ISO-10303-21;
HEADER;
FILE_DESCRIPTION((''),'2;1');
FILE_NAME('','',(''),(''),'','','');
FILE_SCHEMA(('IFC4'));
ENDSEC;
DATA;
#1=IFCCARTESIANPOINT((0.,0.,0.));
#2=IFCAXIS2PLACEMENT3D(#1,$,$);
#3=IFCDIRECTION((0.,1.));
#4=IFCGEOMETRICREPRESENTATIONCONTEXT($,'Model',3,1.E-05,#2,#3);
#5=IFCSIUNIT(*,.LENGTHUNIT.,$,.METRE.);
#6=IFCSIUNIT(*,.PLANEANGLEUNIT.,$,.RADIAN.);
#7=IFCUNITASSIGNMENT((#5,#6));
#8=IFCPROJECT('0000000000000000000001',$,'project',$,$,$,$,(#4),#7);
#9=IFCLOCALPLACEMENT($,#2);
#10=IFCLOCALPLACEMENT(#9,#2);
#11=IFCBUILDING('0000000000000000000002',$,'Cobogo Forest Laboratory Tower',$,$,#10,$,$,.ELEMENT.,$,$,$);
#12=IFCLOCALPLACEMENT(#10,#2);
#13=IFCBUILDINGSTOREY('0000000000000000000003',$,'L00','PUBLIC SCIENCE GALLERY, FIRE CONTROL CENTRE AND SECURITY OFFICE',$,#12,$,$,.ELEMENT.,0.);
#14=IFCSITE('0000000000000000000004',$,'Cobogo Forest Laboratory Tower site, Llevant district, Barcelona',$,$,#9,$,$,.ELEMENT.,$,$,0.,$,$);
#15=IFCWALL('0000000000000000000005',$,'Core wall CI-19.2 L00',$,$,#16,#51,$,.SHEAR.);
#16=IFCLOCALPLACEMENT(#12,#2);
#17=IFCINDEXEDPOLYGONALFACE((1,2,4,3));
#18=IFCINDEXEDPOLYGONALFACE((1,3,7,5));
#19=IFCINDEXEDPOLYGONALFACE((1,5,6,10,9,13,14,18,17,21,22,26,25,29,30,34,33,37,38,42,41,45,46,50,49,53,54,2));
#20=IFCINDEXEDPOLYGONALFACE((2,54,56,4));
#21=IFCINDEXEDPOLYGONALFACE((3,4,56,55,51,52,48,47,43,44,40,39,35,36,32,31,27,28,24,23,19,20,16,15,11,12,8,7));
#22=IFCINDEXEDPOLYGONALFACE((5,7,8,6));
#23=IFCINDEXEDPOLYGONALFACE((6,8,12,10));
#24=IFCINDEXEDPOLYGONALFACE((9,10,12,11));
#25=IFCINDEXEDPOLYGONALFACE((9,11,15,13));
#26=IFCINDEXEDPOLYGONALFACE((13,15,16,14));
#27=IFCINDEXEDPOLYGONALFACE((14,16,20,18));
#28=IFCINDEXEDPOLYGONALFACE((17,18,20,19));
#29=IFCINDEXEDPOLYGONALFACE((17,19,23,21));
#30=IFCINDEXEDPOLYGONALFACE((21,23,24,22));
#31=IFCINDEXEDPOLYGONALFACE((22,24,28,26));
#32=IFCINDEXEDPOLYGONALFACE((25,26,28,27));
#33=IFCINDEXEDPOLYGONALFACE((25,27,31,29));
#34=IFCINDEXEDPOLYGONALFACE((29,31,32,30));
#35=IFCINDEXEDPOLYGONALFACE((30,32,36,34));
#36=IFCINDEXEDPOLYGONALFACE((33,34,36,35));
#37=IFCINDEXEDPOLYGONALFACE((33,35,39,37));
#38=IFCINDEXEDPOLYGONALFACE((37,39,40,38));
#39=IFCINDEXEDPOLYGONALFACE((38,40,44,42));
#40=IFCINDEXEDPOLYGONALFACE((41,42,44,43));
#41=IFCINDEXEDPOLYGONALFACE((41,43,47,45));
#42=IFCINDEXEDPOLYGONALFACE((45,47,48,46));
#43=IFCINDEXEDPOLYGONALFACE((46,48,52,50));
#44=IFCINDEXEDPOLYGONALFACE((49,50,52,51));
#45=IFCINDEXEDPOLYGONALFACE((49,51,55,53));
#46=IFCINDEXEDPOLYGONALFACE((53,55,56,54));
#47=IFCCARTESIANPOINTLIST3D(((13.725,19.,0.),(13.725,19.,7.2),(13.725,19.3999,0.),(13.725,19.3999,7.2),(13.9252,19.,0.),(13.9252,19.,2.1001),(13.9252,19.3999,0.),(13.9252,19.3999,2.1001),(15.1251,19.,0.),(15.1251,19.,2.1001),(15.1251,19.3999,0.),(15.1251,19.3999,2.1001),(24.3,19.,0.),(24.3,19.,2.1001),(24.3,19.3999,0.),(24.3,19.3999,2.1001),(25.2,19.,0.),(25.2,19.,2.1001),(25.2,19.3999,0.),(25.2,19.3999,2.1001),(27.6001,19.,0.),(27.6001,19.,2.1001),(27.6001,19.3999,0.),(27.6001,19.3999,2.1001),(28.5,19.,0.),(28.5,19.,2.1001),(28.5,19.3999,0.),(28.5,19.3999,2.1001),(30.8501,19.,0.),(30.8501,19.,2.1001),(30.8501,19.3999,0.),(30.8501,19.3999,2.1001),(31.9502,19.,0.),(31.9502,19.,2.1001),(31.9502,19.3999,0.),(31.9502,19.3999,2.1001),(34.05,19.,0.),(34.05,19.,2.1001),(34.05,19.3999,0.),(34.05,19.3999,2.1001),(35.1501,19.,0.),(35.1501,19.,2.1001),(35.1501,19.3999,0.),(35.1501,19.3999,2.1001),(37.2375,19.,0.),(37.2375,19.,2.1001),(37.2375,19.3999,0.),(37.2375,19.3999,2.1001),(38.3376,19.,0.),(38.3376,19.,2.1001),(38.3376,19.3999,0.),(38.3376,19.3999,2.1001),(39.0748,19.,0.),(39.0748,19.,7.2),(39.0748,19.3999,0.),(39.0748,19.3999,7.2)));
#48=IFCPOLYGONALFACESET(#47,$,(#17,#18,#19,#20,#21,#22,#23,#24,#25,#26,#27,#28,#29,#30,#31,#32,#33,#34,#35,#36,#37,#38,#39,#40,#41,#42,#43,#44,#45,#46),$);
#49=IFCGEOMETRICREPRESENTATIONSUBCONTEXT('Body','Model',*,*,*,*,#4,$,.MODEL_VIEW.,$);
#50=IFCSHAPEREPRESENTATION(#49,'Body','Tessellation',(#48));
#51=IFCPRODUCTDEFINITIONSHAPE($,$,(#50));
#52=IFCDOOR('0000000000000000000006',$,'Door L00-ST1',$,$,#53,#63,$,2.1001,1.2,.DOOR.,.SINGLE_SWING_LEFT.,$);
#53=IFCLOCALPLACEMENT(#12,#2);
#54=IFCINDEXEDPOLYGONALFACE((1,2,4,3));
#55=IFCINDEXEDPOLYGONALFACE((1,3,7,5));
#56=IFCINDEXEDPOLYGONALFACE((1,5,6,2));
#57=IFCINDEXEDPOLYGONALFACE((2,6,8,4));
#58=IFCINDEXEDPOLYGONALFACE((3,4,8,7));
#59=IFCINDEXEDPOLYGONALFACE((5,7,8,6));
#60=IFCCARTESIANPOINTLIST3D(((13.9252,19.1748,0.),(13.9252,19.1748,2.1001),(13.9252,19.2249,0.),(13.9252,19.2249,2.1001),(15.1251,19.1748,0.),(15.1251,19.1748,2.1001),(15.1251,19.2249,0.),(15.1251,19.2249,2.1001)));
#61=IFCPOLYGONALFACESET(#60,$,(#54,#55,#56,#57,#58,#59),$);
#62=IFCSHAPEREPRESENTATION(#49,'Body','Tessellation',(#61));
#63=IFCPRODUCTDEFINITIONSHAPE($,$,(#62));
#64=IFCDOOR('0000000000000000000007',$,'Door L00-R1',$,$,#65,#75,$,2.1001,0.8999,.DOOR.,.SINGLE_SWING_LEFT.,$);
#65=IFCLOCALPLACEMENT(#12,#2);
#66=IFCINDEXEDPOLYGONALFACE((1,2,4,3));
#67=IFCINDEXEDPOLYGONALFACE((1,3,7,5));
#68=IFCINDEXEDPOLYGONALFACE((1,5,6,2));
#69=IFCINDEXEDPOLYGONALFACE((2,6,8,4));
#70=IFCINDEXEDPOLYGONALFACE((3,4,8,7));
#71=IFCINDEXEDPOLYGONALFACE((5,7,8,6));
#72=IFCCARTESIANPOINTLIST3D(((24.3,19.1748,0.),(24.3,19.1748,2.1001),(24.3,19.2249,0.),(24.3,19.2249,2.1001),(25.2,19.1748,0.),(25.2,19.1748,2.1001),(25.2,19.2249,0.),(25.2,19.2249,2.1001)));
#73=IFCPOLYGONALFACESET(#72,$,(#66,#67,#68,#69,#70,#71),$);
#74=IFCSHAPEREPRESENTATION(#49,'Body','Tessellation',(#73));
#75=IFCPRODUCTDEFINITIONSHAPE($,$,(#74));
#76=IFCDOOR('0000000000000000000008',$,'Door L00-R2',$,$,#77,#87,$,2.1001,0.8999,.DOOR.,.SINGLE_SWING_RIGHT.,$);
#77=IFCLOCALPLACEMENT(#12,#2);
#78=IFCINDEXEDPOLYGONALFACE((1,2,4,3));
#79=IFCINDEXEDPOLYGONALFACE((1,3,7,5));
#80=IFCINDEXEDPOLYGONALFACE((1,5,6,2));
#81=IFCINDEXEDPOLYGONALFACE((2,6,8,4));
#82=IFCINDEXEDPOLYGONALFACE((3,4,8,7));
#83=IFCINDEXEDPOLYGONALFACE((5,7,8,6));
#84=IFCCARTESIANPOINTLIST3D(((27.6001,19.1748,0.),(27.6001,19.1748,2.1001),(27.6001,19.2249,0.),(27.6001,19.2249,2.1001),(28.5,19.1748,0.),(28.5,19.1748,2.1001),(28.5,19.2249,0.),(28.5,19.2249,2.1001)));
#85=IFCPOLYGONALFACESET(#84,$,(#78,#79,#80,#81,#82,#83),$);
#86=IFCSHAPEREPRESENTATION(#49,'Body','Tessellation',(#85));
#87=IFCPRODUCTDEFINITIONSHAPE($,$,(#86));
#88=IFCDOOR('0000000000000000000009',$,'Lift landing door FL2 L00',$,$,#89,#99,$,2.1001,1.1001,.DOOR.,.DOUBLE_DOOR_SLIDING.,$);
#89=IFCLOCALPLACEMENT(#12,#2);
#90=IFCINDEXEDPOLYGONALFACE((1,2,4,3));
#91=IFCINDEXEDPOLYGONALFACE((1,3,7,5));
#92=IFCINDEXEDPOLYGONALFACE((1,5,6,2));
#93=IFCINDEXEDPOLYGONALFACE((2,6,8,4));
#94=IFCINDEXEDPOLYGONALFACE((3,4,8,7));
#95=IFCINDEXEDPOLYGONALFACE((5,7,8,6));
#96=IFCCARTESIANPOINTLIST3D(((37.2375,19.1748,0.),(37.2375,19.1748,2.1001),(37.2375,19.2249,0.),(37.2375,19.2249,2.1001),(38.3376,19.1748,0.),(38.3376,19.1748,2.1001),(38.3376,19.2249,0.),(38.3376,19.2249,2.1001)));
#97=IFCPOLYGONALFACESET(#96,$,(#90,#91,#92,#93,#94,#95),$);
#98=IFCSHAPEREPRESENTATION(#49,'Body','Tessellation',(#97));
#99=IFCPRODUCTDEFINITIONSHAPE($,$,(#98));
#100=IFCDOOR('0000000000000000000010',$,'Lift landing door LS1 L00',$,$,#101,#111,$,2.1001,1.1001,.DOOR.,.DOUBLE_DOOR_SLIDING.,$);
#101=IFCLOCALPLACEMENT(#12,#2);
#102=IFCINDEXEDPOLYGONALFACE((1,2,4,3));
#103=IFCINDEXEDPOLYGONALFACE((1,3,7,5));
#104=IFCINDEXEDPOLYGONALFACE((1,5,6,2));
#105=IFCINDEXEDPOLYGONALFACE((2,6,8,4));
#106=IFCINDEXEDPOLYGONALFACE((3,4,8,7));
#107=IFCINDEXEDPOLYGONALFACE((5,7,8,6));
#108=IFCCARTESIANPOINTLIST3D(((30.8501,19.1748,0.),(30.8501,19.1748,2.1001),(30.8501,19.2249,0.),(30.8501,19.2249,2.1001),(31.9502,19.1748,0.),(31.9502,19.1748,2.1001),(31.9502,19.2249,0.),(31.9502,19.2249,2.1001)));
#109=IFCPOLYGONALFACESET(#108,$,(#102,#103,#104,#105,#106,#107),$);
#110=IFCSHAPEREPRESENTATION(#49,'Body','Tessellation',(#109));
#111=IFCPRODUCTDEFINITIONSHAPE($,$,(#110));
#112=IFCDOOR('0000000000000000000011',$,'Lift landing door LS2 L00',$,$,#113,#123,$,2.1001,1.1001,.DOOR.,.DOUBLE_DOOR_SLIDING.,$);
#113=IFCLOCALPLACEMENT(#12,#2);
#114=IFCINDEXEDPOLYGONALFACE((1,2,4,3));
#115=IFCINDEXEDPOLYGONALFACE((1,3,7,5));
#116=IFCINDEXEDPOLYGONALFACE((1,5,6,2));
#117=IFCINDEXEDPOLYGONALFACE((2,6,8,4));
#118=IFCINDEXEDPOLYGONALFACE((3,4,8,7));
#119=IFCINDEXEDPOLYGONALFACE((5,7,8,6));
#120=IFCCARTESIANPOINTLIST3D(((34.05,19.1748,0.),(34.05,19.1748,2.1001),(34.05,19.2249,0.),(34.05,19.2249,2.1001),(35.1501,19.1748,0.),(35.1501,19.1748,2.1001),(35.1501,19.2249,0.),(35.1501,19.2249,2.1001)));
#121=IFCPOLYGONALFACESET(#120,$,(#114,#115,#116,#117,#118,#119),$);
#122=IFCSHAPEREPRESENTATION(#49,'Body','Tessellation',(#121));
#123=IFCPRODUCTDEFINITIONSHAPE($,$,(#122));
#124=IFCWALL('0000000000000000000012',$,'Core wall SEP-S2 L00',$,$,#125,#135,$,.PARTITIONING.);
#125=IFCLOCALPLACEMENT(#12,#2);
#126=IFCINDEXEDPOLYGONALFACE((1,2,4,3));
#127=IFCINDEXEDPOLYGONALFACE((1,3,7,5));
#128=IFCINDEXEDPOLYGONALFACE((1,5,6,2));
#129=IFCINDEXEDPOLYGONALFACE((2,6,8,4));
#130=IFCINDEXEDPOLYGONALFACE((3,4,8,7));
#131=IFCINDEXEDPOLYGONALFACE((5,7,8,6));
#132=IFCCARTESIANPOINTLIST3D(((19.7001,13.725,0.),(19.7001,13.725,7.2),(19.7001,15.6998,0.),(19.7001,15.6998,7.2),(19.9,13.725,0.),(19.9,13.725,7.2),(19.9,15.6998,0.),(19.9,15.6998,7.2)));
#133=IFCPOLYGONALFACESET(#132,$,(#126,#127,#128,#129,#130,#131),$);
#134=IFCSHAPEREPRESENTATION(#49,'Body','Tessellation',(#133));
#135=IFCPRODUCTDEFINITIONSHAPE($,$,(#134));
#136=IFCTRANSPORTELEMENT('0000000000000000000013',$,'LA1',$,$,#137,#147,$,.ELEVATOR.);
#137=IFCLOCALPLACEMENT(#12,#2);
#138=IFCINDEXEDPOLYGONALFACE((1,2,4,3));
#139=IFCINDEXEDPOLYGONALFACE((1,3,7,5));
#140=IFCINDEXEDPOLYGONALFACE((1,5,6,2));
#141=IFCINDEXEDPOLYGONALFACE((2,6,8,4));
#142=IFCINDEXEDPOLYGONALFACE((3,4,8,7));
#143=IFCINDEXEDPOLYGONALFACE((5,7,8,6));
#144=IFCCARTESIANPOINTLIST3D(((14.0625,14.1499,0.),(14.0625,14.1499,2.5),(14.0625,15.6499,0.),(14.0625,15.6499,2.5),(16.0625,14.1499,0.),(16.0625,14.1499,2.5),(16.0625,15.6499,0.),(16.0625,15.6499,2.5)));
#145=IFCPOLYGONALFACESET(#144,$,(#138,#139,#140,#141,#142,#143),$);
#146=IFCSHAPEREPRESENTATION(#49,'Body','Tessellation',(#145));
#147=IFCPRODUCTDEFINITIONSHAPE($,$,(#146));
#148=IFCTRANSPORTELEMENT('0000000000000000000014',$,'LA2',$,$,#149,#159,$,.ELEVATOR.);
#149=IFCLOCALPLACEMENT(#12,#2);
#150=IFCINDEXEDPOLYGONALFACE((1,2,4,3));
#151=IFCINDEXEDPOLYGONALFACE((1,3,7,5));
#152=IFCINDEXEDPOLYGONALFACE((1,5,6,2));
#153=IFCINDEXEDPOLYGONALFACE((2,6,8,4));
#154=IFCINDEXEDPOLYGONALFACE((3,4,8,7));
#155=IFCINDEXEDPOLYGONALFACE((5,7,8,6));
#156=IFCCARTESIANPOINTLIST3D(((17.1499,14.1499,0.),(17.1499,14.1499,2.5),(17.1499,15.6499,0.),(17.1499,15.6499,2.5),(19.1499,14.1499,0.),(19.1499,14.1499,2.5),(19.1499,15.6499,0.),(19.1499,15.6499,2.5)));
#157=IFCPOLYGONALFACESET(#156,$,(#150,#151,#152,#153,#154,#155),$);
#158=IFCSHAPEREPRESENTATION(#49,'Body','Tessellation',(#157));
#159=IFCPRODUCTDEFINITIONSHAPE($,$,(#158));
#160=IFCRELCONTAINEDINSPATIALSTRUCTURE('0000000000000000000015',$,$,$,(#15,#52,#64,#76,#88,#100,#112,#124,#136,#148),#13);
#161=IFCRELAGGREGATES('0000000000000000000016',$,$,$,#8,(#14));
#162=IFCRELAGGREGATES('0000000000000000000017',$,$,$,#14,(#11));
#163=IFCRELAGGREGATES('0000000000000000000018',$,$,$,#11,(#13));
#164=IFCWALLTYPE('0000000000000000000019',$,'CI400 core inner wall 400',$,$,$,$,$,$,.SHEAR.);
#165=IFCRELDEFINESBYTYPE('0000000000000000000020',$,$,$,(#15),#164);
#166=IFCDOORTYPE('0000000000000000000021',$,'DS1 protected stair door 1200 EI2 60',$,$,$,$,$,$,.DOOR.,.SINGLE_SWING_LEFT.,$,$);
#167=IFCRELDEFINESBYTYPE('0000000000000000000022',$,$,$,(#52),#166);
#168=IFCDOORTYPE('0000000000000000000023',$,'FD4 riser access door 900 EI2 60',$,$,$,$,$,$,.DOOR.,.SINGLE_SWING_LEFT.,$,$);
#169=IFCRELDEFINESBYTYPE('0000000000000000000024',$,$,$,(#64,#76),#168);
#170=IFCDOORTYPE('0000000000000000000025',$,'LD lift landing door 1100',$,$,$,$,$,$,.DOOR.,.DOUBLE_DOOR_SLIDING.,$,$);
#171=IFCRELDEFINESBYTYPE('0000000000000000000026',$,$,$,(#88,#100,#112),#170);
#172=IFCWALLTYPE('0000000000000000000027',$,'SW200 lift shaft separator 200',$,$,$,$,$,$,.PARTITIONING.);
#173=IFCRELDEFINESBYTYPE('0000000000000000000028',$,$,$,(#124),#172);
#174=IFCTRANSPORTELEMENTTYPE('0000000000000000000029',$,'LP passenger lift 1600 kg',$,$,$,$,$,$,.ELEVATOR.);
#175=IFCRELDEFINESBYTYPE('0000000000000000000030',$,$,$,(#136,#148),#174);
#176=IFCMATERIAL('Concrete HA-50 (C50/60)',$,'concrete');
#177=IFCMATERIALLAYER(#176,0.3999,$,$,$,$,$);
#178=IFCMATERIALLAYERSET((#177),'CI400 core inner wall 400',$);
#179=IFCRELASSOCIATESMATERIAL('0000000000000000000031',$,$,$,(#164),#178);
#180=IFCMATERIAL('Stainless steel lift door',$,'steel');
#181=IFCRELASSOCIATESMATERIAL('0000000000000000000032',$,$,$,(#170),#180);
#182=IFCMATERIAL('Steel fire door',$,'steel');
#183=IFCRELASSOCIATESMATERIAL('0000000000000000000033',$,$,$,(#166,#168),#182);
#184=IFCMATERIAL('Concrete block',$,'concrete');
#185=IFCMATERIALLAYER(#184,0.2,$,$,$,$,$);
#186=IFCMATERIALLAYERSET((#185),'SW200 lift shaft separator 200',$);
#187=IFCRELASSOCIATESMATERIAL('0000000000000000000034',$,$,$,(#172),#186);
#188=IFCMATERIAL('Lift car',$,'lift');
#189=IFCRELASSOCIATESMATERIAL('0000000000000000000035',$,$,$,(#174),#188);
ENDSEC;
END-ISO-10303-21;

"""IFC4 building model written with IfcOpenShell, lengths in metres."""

from ifc_helpers import new_model, si_unit, direction, frame, frame_2d, origin, origin_2d, place, context, subcontext, project, spatial, rectangle, extrude, material, layer, layer_set, type_object, element, fill, save


model = new_model("IFC4")

# Units and contexts
model_context = context("Model", 3, precision=1e-05, world=origin(), true_north=direction((0.0, 1.0)))
body_context = subcontext(model_context, "Body", "Model", "MODEL_VIEW")
ifc_project = project(units=[si_unit("LENGTHUNIT", "METRE"), si_unit("PLANEANGLEUNIT", "RADIAN")], contexts=[model_context])

# Site, building, storey
site_placement = place(None, origin())
site = spatial("IfcSite", under=ifc_project, at=site_placement, Name="Cobogo Forest Laboratory Tower site, Llevant district, Barcelona", CompositionType="ELEMENT", RefElevation=0.0)
building_placement = place(site_placement, origin())
building = spatial("IfcBuilding", under=site, at=building_placement, Name="Cobogo Forest Laboratory Tower", CompositionType="ELEMENT")
storey_placement = place(building_placement, origin())
storey = spatial("IfcBuildingStorey", under=building, at=storey_placement, Name="L00", Description="PUBLIC SCIENCE GALLERY, FIRE CONTROL CENTRE AND SECURITY OFFICE", CompositionType="ELEMENT", Elevation=0.0)

# Wall, openings, doors
ifc_material_1 = material(Name="Concrete HA-50 (C50/60)", Category="concrete")
ifc_layer_1 = layer(ifc_material_1, 0.3999)
ifc_layer_set_1 = layer_set([ifc_layer_1], Name="CI400 core inner wall 400")
wall_type_1 = type_object("IfcWallType", Name="CI400 core inner wall 400", PredefinedType="SHEAR", material=ifc_layer_set_1)
ifc_material_2 = material(Name="Stainless steel lift door", Category="steel")
door_type_1 = type_object("IfcDoorType", Name="LD lift landing door 1100", OperationType="DOUBLE_DOOR_SLIDING", PredefinedType="DOOR", material=ifc_material_2)
wall_1_placement = place(storey_placement, frame((13.7251, 19.2, 0.0), z_axis=(0.0, 0.0, 1.0), x_axis=(1.0, 0.0, 0.0)))
wall_1 = element("IfcWall", 1, at=wall_1_placement, inside=storey, type_object=wall_type_1, Name="Core wall CI-19.2 L00", PredefinedType="SHEAR", context=body_context, shape_type="SweptSolid", body=[
    extrude(rectangle(XDim=25.3499, YDim=0.3999, at=frame_2d((12.6748, 0.0))), origin(), (0.0, 0.0, 1.0), 7.2),
])
opening_1_placement = place(wall_1_placement, frame((10.575, 0.0, 0.0)))
opening_1 = element("IfcOpeningElement", 2, at=opening_1_placement, cuts=wall_1, PredefinedType="OPENING", context=body_context, shape_type="SweptSolid", body=[
    extrude(rectangle(XDim=0.8999, YDim=2.1001, at=frame_2d((0.45, 1.05))), frame((0.0, 0.21, 0.0), z_axis=(0.0, -1.0, 0.0), x_axis=(1.0, 0.0, 0.0)), (0.0, 0.0, 1.0), 0.4199),
])
opening_2_placement = place(wall_1_placement, frame((13.875, 0.0, 0.0)))
opening_2 = element("IfcOpeningElement", 3, at=opening_2_placement, cuts=wall_1, PredefinedType="OPENING", context=body_context, shape_type="SweptSolid", body=[
    extrude(rectangle(XDim=0.8999, YDim=2.1001, at=frame_2d((0.45, 1.05))), frame((0.0, 0.21, 0.0), z_axis=(0.0, -1.0, 0.0), x_axis=(1.0, 0.0, 0.0)), (0.0, 0.0, 1.0), 0.4199),
])
opening_3_placement = place(wall_1_placement, frame((0.2, 0.0, 0.0)))
opening_3 = element("IfcOpeningElement", 4, at=opening_3_placement, cuts=wall_1, PredefinedType="OPENING", context=body_context, shape_type="SweptSolid", body=[
    extrude(rectangle(XDim=1.2, YDim=2.1001, at=frame_2d((0.6001, 1.05))), frame((0.0, 0.21, 0.0), z_axis=(0.0, -1.0, 0.0), x_axis=(1.0, 0.0, 0.0)), (0.0, 0.0, 1.0), 0.4199),
])
opening_4_placement = place(wall_1_placement, frame((23.5125, 0.0, 0.0)))
opening_4 = element("IfcOpeningElement", 5, at=opening_4_placement, cuts=wall_1, PredefinedType="OPENING", context=body_context, shape_type="SweptSolid", body=[
    extrude(rectangle(XDim=1.1001, YDim=2.1001, at=frame_2d((0.55, 1.05))), frame((0.0, 0.21, 0.0), z_axis=(0.0, -1.0, 0.0), x_axis=(1.0, 0.0, 0.0)), (0.0, 0.0, 1.0), 0.4199),
])
opening_5_placement = place(wall_1_placement, frame((17.125, 0.0, 0.0)))
opening_5 = element("IfcOpeningElement", 6, at=opening_5_placement, cuts=wall_1, PredefinedType="OPENING", context=body_context, shape_type="SweptSolid", body=[
    extrude(rectangle(XDim=1.1001, YDim=2.1001, at=frame_2d((0.55, 1.05))), frame((0.0, 0.21, 0.0), z_axis=(0.0, -1.0, 0.0), x_axis=(1.0, 0.0, 0.0)), (0.0, 0.0, 1.0), 0.4199),
])
opening_6_placement = place(wall_1_placement, frame((20.325, 0.0, 0.0)))
opening_6 = element("IfcOpeningElement", 7, at=opening_6_placement, cuts=wall_1, PredefinedType="OPENING", context=body_context, shape_type="SweptSolid", body=[
    extrude(rectangle(XDim=1.1001, YDim=2.1001, at=frame_2d((0.55, 1.05))), frame((0.0, 0.21, 0.0), z_axis=(0.0, -1.0, 0.0), x_axis=(1.0, 0.0, 0.0)), (0.0, 0.0, 1.0), 0.4199),
])
ifc_material_3 = material(Name="Steel fire door", Category="steel")
door_type_2 = type_object("IfcDoorType", Name="DS1 protected stair door 1200 EI2 60", OperationType="SINGLE_SWING_LEFT", PredefinedType="DOOR", material=ifc_material_3)
door_1_placement = place(opening_3_placement, origin())
door_1 = element("IfcDoor", 8, at=door_1_placement, inside=storey, type_object=door_type_2, Name="Door L00-ST1", OperationType="SINGLE_SWING_LEFT", OverallHeight=2.1001, OverallWidth=1.2, PredefinedType="DOOR", context=body_context, shape_type="SweptSolid", body=[
    extrude(rectangle(XDim=1.2, YDim=2.1001, at=frame_2d((0.6001, 1.05))), frame((0.0, 0.0249, 0.0), z_axis=(0.0, -1.0, 0.0), x_axis=(1.0, 0.0, 0.0)), (0.0, 0.0, 1.0), 0.05),
])
fill(opening_3, door_1)
door_type_3 = type_object("IfcDoorType", Name="FD4 riser access door 900 EI2 60", OperationType="SINGLE_SWING_LEFT", PredefinedType="DOOR", material=ifc_material_3)
door_2_placement = place(opening_1_placement, origin())
door_2 = element("IfcDoor", 9, at=door_2_placement, inside=storey, type_object=door_type_3, Name="Door L00-R1", OperationType="SINGLE_SWING_LEFT", OverallHeight=2.1001, OverallWidth=0.8999, PredefinedType="DOOR", context=body_context, shape_type="SweptSolid", body=[
    extrude(rectangle(XDim=0.8999, YDim=2.1001, at=frame_2d((0.45, 1.05))), frame((0.0, 0.0249, 0.0), z_axis=(0.0, -1.0, 0.0), x_axis=(1.0, 0.0, 0.0)), (0.0, 0.0, 1.0), 0.05),
])
fill(opening_1, door_2)
door_3_placement = place(opening_2_placement, origin())
door_3 = element("IfcDoor", 10, at=door_3_placement, inside=storey, type_object=door_type_3, Name="Door L00-R2", OperationType="SINGLE_SWING_RIGHT", OverallHeight=2.1001, OverallWidth=0.8999, PredefinedType="DOOR", context=body_context, shape_type="SweptSolid", body=[
    extrude(rectangle(XDim=0.8999, YDim=2.1001, at=frame_2d((0.45, 1.05))), frame((0.0, 0.0249, 0.0), z_axis=(0.0, -1.0, 0.0), x_axis=(1.0, 0.0, 0.0)), (0.0, 0.0, 1.0), 0.05),
])
fill(opening_2, door_3)
door_4_placement = place(opening_4_placement, origin())
door_4 = element("IfcDoor", 11, at=door_4_placement, inside=storey, type_object=door_type_1, Name="Lift landing door FL2 L00", OperationType="DOUBLE_DOOR_SLIDING", OverallHeight=2.1001, OverallWidth=1.1001, PredefinedType="DOOR", context=body_context, shape_type="SweptSolid", body=[
    extrude(rectangle(XDim=1.1001, YDim=2.1001, at=frame_2d((0.55, 1.05))), frame((0.0, 0.0249, 0.0), z_axis=(0.0, -1.0, 0.0), x_axis=(1.0, 0.0, 0.0)), (0.0, 0.0, 1.0), 0.05),
])
fill(opening_4, door_4)
door_5_placement = place(opening_5_placement, origin())
door_5 = element("IfcDoor", 12, at=door_5_placement, inside=storey, type_object=door_type_1, Name="Lift landing door LS1 L00", OperationType="DOUBLE_DOOR_SLIDING", OverallHeight=2.1001, OverallWidth=1.1001, PredefinedType="DOOR", context=body_context, shape_type="SweptSolid", body=[
    extrude(rectangle(XDim=1.1001, YDim=2.1001, at=frame_2d((0.55, 1.05))), frame((0.0, 0.0249, 0.0), z_axis=(0.0, -1.0, 0.0), x_axis=(1.0, 0.0, 0.0)), (0.0, 0.0, 1.0), 0.05),
])
fill(opening_5, door_5)
door_6_placement = place(opening_6_placement, origin())
door_6 = element("IfcDoor", 13, at=door_6_placement, inside=storey, type_object=door_type_1, Name="Lift landing door LS2 L00", OperationType="DOUBLE_DOOR_SLIDING", OverallHeight=2.1001, OverallWidth=1.1001, PredefinedType="DOOR", context=body_context, shape_type="SweptSolid", body=[
    extrude(rectangle(XDim=1.1001, YDim=2.1001, at=frame_2d((0.55, 1.05))), frame((0.0, 0.0249, 0.0), z_axis=(0.0, -1.0, 0.0), x_axis=(1.0, 0.0, 0.0)), (0.0, 0.0, 1.0), 0.05),
])
fill(opening_6, door_6)

# Wall
ifc_material_4 = material(Name="Concrete block", Category="concrete")
ifc_layer_2 = layer(ifc_material_4, 0.2)
ifc_layer_set_2 = layer_set([ifc_layer_2], Name="SW200 lift shaft separator 200")
wall_type_2 = type_object("IfcWallType", Name="SW200 lift shaft separator 200", PredefinedType="PARTITIONING", material=ifc_layer_set_2)
wall_2_placement = place(storey_placement, frame((19.8, 13.7251, 0.0), z_axis=(0.0, 0.0, 1.0), x_axis=(0.0, 1.0, 0.0)))
element("IfcWall", 14, at=wall_2_placement, inside=storey, type_object=wall_type_2, Name="Core wall SEP-S2 L00", PredefinedType="PARTITIONING", context=body_context, shape_type="SweptSolid", body=[
    extrude(rectangle(XDim=1.9749, YDim=0.2, at=frame_2d((0.9873, 0.0))), origin(), (0.0, 0.0, 1.0), 7.2),
])

# Transport elements
ifc_material_5 = material(Name="Lift car", Category="lift")
transport_element_type = type_object("IfcTransportElementType", Name="LP passenger lift 1600 kg", PredefinedType="ELEVATOR", material=ifc_material_5)
for number, where, z_axis, x_axis, name in (
    (15, (15.0625, 14.8999, 0.0), (0.0, 0.0, 1.0), (1.0, 0.0, 0.0), "LA1"),
    (16, (18.1499, 14.8999, 0.0), (0.0, 0.0, 1.0), (1.0, 0.0, 0.0), "LA2"),
):
    element("IfcTransportElement", number, at=place(storey_placement, frame(where, z_axis=z_axis, x_axis=x_axis)), inside=storey, type_object=transport_element_type, Name=name, PredefinedType="ELEVATOR", context=body_context, shape_type="SweptSolid", body=[
        extrude(rectangle(XDim=2.0, YDim=1.5, at=origin_2d()), origin(), (0.0, 0.0, 1.0), 2.5),
    ])

save(model, "model.ifc")
